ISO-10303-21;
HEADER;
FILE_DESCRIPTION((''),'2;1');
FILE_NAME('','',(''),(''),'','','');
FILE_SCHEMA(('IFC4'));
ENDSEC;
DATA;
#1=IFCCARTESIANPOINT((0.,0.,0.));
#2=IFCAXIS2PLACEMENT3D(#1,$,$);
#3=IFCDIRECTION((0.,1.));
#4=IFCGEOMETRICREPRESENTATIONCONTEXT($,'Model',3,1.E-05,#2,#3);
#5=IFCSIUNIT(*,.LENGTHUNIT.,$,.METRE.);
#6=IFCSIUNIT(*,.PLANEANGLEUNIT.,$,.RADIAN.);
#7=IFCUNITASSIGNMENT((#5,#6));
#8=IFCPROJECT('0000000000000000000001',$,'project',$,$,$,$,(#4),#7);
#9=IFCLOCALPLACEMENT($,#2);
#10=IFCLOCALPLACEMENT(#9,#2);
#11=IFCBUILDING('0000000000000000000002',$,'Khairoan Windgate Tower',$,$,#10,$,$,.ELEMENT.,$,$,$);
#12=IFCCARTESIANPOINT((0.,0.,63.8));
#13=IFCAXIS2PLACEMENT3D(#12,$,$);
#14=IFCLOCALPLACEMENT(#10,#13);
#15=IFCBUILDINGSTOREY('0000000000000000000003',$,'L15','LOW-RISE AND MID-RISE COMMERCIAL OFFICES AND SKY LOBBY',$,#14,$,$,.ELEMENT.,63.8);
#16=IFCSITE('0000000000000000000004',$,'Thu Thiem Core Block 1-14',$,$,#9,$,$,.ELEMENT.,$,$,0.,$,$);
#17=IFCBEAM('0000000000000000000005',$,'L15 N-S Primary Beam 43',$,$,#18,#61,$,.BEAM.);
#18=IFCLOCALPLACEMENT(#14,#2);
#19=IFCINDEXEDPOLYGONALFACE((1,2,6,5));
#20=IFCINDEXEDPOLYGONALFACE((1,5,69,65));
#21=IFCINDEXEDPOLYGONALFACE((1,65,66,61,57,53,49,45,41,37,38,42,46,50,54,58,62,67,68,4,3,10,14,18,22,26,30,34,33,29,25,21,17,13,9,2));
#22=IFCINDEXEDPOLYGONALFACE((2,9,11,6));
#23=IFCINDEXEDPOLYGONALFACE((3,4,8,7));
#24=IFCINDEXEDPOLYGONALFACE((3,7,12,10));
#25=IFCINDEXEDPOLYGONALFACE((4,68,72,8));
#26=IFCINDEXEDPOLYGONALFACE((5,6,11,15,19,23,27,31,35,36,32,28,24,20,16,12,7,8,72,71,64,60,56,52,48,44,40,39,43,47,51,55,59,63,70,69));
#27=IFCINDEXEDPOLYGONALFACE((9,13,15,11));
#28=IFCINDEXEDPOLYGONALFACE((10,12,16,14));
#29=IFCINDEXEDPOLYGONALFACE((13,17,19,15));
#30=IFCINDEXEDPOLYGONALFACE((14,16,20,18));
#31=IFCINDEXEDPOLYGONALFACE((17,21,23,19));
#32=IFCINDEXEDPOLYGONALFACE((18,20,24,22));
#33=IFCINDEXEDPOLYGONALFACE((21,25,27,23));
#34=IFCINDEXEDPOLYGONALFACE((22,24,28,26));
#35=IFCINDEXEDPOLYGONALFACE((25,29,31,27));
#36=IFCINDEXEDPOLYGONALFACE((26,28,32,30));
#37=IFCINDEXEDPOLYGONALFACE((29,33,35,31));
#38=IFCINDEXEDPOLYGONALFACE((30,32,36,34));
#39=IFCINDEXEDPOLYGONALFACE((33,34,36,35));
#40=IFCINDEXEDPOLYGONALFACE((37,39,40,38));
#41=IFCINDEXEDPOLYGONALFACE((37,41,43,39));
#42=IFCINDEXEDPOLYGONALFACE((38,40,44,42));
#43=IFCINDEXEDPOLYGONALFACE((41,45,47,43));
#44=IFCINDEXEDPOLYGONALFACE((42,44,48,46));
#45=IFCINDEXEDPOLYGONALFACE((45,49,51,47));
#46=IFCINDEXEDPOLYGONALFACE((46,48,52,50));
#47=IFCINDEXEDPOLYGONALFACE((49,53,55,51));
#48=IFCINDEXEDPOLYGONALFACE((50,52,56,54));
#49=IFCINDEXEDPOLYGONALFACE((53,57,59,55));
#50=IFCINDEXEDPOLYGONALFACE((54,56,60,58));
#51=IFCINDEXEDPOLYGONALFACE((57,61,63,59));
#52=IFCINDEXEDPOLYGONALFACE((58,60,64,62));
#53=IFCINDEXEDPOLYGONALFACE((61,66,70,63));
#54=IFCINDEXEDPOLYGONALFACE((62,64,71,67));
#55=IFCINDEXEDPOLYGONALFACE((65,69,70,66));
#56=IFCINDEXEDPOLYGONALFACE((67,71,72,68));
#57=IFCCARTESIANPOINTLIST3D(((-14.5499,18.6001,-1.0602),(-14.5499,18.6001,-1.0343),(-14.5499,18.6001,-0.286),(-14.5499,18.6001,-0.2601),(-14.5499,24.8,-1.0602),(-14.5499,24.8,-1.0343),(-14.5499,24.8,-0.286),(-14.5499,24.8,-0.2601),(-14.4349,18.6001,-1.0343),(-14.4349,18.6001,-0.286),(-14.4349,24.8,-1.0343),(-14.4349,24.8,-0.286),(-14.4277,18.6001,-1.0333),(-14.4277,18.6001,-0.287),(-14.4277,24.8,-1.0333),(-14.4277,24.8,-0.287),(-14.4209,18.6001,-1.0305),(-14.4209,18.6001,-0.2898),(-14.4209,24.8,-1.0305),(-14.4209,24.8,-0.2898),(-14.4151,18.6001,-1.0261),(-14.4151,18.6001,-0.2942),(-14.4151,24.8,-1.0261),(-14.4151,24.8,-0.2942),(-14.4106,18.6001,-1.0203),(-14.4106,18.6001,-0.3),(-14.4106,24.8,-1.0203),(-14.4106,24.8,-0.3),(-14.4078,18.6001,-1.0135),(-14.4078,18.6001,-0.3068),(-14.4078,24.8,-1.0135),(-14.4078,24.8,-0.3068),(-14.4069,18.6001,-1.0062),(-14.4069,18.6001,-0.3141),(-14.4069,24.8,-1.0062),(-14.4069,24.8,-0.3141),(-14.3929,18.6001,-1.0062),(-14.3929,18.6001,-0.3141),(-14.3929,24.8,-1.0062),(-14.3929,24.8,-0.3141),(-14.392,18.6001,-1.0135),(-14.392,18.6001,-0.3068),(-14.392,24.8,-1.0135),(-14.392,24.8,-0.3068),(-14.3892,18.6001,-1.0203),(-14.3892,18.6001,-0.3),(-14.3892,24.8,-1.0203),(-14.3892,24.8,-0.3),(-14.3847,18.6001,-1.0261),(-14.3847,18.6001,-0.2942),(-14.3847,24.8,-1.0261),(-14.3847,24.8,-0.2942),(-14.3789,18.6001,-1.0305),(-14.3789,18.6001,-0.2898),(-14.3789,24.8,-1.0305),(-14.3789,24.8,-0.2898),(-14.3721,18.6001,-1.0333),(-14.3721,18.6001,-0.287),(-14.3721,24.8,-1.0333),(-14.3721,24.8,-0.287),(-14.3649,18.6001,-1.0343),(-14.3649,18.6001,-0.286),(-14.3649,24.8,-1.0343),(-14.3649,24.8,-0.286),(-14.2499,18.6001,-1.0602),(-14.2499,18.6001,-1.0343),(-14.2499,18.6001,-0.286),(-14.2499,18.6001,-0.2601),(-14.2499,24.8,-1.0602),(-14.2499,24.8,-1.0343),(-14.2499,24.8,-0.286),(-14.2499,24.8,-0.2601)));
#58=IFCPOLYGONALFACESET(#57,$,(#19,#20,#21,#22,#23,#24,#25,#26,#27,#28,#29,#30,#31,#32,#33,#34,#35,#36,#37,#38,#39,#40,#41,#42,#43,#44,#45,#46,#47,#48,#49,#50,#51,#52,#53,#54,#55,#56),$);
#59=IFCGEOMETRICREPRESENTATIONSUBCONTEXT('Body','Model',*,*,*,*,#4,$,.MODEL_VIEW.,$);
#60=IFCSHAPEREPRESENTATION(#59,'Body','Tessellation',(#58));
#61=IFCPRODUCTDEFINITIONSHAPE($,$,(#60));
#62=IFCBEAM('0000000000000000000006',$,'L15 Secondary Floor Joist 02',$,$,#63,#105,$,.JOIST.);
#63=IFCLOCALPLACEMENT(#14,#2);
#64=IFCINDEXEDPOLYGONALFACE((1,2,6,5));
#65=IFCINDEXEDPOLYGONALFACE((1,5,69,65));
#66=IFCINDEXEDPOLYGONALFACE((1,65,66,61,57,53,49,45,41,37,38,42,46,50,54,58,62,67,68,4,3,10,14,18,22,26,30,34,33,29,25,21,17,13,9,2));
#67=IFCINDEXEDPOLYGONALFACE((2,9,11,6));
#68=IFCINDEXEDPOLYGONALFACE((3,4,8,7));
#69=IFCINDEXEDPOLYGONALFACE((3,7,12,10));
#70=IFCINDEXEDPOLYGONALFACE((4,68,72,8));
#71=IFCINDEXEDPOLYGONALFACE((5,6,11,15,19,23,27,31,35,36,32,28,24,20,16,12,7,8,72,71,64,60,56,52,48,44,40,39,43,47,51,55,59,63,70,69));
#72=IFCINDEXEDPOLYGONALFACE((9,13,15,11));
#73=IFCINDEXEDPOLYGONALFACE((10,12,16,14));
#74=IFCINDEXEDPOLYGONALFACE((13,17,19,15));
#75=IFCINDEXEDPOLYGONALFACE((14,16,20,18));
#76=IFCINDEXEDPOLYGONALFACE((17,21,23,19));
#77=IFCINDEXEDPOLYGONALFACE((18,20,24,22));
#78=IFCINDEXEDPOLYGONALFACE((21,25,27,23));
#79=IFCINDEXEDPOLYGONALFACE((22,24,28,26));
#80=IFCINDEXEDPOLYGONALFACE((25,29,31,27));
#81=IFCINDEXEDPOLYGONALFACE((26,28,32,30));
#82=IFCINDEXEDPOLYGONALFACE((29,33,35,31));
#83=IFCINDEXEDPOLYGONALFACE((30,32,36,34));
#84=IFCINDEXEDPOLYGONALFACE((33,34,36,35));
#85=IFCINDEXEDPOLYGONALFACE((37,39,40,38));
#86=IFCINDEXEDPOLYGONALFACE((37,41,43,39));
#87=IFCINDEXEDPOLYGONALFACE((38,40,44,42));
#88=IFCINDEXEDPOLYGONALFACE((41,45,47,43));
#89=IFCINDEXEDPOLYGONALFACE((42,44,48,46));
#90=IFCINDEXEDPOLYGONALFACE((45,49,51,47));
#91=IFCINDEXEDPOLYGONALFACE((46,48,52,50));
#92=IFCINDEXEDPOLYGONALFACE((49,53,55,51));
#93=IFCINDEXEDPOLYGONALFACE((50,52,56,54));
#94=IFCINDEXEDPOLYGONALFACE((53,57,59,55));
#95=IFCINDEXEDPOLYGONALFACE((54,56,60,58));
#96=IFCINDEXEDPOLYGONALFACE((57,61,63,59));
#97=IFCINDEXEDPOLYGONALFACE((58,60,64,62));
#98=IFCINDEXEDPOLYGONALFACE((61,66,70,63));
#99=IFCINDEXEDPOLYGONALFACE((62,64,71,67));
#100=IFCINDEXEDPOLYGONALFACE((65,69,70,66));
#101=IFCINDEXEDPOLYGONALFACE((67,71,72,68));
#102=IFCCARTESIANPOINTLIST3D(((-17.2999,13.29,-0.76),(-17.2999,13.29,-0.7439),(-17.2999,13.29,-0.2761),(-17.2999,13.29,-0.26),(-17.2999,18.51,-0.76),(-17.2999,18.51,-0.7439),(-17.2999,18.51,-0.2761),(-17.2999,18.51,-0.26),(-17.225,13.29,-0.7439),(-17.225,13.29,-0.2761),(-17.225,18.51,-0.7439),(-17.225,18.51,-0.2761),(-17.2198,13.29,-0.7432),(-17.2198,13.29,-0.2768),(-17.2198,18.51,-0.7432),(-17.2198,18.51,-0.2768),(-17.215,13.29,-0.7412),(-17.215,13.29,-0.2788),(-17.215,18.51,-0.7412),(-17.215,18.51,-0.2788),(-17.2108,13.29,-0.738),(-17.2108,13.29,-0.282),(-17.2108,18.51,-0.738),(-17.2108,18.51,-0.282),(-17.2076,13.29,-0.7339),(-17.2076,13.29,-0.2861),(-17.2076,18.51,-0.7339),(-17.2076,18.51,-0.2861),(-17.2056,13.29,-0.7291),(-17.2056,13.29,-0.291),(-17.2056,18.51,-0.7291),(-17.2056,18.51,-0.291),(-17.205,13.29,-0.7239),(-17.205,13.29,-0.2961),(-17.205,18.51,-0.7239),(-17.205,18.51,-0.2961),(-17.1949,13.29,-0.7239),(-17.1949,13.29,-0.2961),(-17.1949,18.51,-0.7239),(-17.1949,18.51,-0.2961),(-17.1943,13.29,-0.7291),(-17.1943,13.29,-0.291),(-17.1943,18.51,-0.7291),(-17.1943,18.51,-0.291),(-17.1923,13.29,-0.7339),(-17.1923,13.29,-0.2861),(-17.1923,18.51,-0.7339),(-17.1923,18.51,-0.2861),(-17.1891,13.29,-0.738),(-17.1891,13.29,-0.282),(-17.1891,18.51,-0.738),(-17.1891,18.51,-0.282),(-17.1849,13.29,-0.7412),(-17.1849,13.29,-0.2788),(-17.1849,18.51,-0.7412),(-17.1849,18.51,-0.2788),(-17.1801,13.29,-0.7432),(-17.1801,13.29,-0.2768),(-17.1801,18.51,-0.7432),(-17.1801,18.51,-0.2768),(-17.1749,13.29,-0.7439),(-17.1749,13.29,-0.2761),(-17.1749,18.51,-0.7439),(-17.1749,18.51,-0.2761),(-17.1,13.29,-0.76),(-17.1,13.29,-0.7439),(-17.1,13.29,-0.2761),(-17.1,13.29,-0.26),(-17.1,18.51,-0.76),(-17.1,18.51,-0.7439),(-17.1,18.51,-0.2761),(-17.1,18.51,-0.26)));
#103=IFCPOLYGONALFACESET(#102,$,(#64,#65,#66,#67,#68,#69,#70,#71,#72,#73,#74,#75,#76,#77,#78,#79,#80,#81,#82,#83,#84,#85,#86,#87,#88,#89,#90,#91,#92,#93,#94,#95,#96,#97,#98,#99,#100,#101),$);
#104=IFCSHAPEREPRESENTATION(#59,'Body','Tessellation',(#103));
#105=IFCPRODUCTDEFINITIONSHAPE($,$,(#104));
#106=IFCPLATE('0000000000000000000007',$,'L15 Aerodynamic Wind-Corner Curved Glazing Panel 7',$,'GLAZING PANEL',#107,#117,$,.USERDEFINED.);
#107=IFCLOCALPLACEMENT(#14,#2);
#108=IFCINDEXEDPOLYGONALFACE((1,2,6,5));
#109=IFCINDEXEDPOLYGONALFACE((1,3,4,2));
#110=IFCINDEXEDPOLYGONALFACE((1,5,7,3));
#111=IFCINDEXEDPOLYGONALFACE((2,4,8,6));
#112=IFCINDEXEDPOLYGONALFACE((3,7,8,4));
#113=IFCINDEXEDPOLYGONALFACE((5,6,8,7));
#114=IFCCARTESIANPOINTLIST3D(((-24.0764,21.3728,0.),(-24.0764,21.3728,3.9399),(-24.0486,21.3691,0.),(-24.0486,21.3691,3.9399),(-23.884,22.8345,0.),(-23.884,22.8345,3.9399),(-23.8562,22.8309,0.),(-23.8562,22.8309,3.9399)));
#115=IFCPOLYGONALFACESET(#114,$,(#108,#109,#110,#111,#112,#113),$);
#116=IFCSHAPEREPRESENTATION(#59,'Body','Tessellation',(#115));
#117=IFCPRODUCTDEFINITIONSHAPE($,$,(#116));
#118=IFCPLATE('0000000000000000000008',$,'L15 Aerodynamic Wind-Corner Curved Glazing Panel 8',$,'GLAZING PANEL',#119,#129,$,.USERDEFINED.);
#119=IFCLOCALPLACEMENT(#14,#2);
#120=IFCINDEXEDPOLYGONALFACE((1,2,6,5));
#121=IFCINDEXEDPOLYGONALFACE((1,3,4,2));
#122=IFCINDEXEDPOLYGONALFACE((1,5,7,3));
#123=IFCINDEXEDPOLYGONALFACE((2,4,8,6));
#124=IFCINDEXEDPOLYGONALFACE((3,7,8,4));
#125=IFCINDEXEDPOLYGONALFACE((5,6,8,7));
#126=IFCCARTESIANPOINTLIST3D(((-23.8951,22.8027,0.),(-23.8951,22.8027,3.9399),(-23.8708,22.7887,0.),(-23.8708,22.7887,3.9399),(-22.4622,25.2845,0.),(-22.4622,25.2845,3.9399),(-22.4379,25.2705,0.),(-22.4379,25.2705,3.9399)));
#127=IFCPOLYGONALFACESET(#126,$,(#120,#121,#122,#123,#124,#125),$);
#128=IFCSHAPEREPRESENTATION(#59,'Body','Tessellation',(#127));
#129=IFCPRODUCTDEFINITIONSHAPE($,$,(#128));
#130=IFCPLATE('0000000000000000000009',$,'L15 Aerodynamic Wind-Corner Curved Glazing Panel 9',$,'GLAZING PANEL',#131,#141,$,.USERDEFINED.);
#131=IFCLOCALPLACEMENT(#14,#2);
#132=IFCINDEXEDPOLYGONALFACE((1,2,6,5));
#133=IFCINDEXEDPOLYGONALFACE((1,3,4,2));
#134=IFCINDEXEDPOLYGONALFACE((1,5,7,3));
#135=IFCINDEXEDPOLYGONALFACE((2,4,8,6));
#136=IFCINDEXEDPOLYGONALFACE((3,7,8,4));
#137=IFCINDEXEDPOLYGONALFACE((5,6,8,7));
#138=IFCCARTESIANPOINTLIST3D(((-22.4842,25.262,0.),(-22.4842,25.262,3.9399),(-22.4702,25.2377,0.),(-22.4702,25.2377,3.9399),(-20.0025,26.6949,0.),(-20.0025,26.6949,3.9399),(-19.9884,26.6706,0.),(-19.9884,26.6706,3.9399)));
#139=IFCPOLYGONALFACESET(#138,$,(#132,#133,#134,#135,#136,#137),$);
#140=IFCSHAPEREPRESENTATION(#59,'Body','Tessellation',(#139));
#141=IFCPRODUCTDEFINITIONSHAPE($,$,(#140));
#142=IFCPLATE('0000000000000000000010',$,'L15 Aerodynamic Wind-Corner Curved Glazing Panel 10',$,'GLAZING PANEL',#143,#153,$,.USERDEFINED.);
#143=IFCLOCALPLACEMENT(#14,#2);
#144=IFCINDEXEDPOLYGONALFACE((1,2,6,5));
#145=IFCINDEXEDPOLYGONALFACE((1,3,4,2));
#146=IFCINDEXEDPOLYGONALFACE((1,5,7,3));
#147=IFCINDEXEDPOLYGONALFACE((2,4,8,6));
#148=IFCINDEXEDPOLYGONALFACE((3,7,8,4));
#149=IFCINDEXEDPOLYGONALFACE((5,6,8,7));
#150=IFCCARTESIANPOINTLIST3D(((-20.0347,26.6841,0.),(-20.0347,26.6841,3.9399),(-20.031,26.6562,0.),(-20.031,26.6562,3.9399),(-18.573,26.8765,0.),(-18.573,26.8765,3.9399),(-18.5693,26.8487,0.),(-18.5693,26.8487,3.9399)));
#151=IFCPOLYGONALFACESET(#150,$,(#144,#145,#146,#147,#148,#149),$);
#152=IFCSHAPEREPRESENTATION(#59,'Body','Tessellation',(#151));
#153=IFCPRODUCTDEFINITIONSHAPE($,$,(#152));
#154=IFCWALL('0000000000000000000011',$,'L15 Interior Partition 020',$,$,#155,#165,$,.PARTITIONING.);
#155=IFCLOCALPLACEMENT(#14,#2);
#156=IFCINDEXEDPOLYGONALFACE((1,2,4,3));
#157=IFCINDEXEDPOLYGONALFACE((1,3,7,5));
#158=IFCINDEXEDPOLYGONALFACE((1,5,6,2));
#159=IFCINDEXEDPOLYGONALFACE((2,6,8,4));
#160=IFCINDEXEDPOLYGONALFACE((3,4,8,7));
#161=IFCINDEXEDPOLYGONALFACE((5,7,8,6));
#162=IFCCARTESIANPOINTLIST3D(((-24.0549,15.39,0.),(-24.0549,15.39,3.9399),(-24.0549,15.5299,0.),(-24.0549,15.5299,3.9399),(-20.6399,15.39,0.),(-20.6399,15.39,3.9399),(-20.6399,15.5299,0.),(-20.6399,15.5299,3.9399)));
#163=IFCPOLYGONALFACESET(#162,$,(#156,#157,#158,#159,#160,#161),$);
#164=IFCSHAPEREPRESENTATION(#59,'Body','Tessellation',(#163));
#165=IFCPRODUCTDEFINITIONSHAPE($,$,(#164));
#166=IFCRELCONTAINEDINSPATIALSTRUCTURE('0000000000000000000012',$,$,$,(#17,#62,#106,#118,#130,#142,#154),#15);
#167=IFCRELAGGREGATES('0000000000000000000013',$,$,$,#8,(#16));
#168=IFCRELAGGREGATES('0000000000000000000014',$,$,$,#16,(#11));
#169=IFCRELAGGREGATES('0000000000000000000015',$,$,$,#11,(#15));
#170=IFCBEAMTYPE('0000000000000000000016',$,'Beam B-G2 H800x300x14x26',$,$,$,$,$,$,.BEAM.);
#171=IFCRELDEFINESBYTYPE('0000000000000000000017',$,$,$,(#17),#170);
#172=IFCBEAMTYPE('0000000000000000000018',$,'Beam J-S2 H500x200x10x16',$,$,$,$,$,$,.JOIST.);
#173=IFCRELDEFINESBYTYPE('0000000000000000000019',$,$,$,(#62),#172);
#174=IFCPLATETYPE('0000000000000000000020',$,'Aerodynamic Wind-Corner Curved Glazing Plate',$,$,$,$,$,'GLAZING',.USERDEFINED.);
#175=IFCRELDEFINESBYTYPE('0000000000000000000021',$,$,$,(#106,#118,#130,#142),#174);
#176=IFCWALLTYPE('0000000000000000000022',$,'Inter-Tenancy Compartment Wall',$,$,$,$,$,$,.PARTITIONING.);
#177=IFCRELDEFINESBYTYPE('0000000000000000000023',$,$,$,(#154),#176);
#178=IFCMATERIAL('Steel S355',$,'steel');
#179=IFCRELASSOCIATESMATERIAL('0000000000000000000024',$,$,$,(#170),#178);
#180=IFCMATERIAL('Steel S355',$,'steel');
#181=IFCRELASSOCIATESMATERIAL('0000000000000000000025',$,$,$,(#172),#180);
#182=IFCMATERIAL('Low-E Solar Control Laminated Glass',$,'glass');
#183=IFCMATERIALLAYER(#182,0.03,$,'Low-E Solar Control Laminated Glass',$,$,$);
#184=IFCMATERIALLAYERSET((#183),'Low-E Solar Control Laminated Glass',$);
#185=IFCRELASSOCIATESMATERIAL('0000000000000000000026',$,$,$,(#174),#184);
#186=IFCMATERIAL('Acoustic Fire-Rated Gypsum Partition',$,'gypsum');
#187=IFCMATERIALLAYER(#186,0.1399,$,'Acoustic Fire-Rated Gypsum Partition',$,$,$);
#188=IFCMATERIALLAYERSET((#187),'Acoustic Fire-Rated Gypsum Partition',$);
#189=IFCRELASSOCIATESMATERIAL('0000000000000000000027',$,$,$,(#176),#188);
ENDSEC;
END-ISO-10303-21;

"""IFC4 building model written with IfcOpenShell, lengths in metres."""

from ifc_helpers import new_model, si_unit, direction, frame, frame_2d, origin, origin_2d, place, context, subcontext, project, spatial, rectangle, i_section, extrude, material, layer, layer_set, material_profile, profile_set, type_object, element, save


model = new_model("IFC4")

# Units and contexts
model_context = context("Model", 3, precision=1e-05, world=origin(), true_north=direction((0.0, 1.0)))
body_context = subcontext(model_context, "Body", "Model", "MODEL_VIEW")
ifc_project = project(units=[si_unit("LENGTHUNIT", "METRE"), si_unit("PLANEANGLEUNIT", "RADIAN")], contexts=[model_context])

# Site, building, storey
site_placement = place(None, origin())
site = spatial("IfcSite", under=ifc_project, at=site_placement, Name="Thu Thiem Core Block 1-14", CompositionType="ELEMENT", RefElevation=0.0)
building_placement = place(site_placement, origin())
building = spatial("IfcBuilding", under=site, at=building_placement, Name="Khairoan Windgate Tower", CompositionType="ELEMENT")
storey_placement = place(building_placement, frame((0.0, 0.0, 63.8)))
storey = spatial("IfcBuildingStorey", under=building, at=storey_placement, Name="L15", Description="LOW-RISE AND MID-RISE COMMERCIAL OFFICES AND SKY LOBBY", CompositionType="ELEMENT", Elevation=63.8)

# Beams
ifc_material_1 = material(Name="Steel S355", Category="steel")
ifc_material_profile_1 = material_profile(ifc_material_1, i_section(OverallWidth=0.3, OverallDepth=0.8, WebThickness=0.0139, FlangeThickness=0.0259, FilletRadius=0.0281, at=origin_2d()))
ifc_profile_set_1 = profile_set([ifc_material_profile_1], Name="Steel S355")
beam_type_1 = type_object("IfcBeamType", Name="Beam B-G2 H800x300x14x26", PredefinedType="BEAM", material=ifc_profile_set_1)
beam_1_placement = place(storey_placement, frame((-14.3999, 18.6001, -0.6602), z_axis=(0.0, 1.0, 0.0), x_axis=(-1.0, 0.0, 0.0)))
element("IfcBeam", 1, at=beam_1_placement, inside=storey, type_object=beam_type_1, Name="L15 N-S Primary Beam 43", PredefinedType="BEAM", context=body_context, shape_type="SweptSolid", body=[
    extrude(i_section(OverallWidth=0.3, OverallDepth=0.8, WebThickness=0.0139, FlangeThickness=0.0259, FilletRadius=0.0281, at=origin_2d()), origin(), (0.0, 0.0, 1.0), 6.2),
])
ifc_material_2 = material(Name="Steel S355", Category="steel")
ifc_material_profile_2 = material_profile(ifc_material_2, i_section(OverallWidth=0.2, OverallDepth=0.5, WebThickness=0.01, FlangeThickness=0.0161, FilletRadius=0.02, at=origin_2d()))
ifc_profile_set_2 = profile_set([ifc_material_profile_2], Name="Steel S355")
beam_type_2 = type_object("IfcBeamType", Name="Beam J-S2 H500x200x10x16", PredefinedType="JOIST", material=ifc_profile_set_2)
beam_2_placement = place(storey_placement, frame((-17.2, 13.29, -0.51), z_axis=(0.0, 1.0, 0.0), x_axis=(-1.0, 0.0, 0.0)))
element("IfcBeam", 2, at=beam_2_placement, inside=storey, type_object=beam_type_2, Name="L15 Secondary Floor Joist 02", PredefinedType="JOIST", context=body_context, shape_type="SweptSolid", body=[
    extrude(i_section(OverallWidth=0.2, OverallDepth=0.5, WebThickness=0.01, FlangeThickness=0.0161, FilletRadius=0.02, at=origin_2d()), origin(), (0.0, 0.0, 1.0), 5.22),
])

# Plates
ifc_material_3 = material(Name="Low-E Solar Control Laminated Glass", Category="glass")
ifc_layer_1 = layer(ifc_material_3, 0.03, Name="Low-E Solar Control Laminated Glass")
ifc_layer_set_1 = layer_set([ifc_layer_1], Name="Low-E Solar Control Laminated Glass")
plate_type_1 = type_object("IfcPlateType", Name="Aerodynamic Wind-Corner Curved Glazing Plate", ElementType="GLAZING", PredefinedType="USERDEFINED", material=ifc_layer_set_1)
plate_1_placement = place(storey_placement, frame((-23.9663, 22.1018, 0.0), z_axis=(0.0, 0.0, 1.0), x_axis=(0.130526, 0.991445, 0.0)))
element("IfcPlate", 3, at=plate_1_placement, inside=storey, type_object=plate_type_1, Name="L15 Aerodynamic Wind-Corner Curved Glazing Panel 7", ObjectType="GLAZING PANEL", PredefinedType="USERDEFINED", context=body_context, shape_type="SweptSolid", body=[
    extrude(rectangle(XDim=1.4744, YDim=0.0281, at=origin_2d()), origin(), (0.0, 0.0, 1.0), 3.9399),
])
for number, where, z_axis, x_axis, name in (
    (4, (-23.1665, 24.0366, 0.0), (0.0, 0.0, 1.0), (0.5, 0.866025, 0.0), "L15 Aerodynamic Wind-Corner Curved Glazing Panel 8"),
    (5, (-21.2363, 25.9663, 0.0), (0.0, 0.0, 1.0), (0.866025, 0.5, 0.0), "L15 Aerodynamic Wind-Corner Curved Glazing Panel 9"),
):
    element("IfcPlate", number, at=place(storey_placement, frame(where, z_axis=z_axis, x_axis=x_axis)), inside=storey, type_object=plate_type_1, Name=name, ObjectType="GLAZING PANEL", PredefinedType="USERDEFINED", context=body_context, shape_type="SweptSolid", body=[
        extrude(rectangle(XDim=2.8657, YDim=0.0281, at=origin_2d()), origin(), (0.0, 0.0, 1.0), 3.9399),
    ])
plate_2_placement = place(storey_placement, frame((-19.302, 26.7664, 0.0), z_axis=(0.0, 0.0, 1.0), x_axis=(0.991445, 0.130526, 0.0)))
element("IfcPlate", 6, at=plate_2_placement, inside=storey, type_object=plate_type_1, Name="L15 Aerodynamic Wind-Corner Curved Glazing Panel 10", ObjectType="GLAZING PANEL", PredefinedType="USERDEFINED", context=body_context, shape_type="SweptSolid", body=[
    extrude(rectangle(XDim=1.4744, YDim=0.0281, at=origin_2d()), origin(), (0.0, 0.0, 1.0), 3.9399),
])

# Wall
ifc_material_4 = material(Name="Acoustic Fire-Rated Gypsum Partition", Category="gypsum")
ifc_layer_2 = layer(ifc_material_4, 0.1399, Name="Acoustic Fire-Rated Gypsum Partition")
ifc_layer_set_2 = layer_set([ifc_layer_2], Name="Acoustic Fire-Rated Gypsum Partition")
wall_type_1 = type_object("IfcWallType", Name="Inter-Tenancy Compartment Wall", PredefinedType="PARTITIONING", material=ifc_layer_set_2)
wall_1_placement = place(storey_placement, frame((-24.0549, 15.46, 0.0), z_axis=(0.0, 0.0, 1.0), x_axis=(1.0, 0.0, 0.0)))
element("IfcWall", 7, at=wall_1_placement, inside=storey, type_object=wall_type_1, Name="L15 Interior Partition 020", PredefinedType="PARTITIONING", context=body_context, shape_type="SweptSolid", body=[
    extrude(rectangle(XDim=3.415, YDim=0.1399, at=frame_2d((1.7075, 0.0))), origin(), (0.0, 0.0, 1.0), 3.9399),
])

save(model, "model.ifc")
